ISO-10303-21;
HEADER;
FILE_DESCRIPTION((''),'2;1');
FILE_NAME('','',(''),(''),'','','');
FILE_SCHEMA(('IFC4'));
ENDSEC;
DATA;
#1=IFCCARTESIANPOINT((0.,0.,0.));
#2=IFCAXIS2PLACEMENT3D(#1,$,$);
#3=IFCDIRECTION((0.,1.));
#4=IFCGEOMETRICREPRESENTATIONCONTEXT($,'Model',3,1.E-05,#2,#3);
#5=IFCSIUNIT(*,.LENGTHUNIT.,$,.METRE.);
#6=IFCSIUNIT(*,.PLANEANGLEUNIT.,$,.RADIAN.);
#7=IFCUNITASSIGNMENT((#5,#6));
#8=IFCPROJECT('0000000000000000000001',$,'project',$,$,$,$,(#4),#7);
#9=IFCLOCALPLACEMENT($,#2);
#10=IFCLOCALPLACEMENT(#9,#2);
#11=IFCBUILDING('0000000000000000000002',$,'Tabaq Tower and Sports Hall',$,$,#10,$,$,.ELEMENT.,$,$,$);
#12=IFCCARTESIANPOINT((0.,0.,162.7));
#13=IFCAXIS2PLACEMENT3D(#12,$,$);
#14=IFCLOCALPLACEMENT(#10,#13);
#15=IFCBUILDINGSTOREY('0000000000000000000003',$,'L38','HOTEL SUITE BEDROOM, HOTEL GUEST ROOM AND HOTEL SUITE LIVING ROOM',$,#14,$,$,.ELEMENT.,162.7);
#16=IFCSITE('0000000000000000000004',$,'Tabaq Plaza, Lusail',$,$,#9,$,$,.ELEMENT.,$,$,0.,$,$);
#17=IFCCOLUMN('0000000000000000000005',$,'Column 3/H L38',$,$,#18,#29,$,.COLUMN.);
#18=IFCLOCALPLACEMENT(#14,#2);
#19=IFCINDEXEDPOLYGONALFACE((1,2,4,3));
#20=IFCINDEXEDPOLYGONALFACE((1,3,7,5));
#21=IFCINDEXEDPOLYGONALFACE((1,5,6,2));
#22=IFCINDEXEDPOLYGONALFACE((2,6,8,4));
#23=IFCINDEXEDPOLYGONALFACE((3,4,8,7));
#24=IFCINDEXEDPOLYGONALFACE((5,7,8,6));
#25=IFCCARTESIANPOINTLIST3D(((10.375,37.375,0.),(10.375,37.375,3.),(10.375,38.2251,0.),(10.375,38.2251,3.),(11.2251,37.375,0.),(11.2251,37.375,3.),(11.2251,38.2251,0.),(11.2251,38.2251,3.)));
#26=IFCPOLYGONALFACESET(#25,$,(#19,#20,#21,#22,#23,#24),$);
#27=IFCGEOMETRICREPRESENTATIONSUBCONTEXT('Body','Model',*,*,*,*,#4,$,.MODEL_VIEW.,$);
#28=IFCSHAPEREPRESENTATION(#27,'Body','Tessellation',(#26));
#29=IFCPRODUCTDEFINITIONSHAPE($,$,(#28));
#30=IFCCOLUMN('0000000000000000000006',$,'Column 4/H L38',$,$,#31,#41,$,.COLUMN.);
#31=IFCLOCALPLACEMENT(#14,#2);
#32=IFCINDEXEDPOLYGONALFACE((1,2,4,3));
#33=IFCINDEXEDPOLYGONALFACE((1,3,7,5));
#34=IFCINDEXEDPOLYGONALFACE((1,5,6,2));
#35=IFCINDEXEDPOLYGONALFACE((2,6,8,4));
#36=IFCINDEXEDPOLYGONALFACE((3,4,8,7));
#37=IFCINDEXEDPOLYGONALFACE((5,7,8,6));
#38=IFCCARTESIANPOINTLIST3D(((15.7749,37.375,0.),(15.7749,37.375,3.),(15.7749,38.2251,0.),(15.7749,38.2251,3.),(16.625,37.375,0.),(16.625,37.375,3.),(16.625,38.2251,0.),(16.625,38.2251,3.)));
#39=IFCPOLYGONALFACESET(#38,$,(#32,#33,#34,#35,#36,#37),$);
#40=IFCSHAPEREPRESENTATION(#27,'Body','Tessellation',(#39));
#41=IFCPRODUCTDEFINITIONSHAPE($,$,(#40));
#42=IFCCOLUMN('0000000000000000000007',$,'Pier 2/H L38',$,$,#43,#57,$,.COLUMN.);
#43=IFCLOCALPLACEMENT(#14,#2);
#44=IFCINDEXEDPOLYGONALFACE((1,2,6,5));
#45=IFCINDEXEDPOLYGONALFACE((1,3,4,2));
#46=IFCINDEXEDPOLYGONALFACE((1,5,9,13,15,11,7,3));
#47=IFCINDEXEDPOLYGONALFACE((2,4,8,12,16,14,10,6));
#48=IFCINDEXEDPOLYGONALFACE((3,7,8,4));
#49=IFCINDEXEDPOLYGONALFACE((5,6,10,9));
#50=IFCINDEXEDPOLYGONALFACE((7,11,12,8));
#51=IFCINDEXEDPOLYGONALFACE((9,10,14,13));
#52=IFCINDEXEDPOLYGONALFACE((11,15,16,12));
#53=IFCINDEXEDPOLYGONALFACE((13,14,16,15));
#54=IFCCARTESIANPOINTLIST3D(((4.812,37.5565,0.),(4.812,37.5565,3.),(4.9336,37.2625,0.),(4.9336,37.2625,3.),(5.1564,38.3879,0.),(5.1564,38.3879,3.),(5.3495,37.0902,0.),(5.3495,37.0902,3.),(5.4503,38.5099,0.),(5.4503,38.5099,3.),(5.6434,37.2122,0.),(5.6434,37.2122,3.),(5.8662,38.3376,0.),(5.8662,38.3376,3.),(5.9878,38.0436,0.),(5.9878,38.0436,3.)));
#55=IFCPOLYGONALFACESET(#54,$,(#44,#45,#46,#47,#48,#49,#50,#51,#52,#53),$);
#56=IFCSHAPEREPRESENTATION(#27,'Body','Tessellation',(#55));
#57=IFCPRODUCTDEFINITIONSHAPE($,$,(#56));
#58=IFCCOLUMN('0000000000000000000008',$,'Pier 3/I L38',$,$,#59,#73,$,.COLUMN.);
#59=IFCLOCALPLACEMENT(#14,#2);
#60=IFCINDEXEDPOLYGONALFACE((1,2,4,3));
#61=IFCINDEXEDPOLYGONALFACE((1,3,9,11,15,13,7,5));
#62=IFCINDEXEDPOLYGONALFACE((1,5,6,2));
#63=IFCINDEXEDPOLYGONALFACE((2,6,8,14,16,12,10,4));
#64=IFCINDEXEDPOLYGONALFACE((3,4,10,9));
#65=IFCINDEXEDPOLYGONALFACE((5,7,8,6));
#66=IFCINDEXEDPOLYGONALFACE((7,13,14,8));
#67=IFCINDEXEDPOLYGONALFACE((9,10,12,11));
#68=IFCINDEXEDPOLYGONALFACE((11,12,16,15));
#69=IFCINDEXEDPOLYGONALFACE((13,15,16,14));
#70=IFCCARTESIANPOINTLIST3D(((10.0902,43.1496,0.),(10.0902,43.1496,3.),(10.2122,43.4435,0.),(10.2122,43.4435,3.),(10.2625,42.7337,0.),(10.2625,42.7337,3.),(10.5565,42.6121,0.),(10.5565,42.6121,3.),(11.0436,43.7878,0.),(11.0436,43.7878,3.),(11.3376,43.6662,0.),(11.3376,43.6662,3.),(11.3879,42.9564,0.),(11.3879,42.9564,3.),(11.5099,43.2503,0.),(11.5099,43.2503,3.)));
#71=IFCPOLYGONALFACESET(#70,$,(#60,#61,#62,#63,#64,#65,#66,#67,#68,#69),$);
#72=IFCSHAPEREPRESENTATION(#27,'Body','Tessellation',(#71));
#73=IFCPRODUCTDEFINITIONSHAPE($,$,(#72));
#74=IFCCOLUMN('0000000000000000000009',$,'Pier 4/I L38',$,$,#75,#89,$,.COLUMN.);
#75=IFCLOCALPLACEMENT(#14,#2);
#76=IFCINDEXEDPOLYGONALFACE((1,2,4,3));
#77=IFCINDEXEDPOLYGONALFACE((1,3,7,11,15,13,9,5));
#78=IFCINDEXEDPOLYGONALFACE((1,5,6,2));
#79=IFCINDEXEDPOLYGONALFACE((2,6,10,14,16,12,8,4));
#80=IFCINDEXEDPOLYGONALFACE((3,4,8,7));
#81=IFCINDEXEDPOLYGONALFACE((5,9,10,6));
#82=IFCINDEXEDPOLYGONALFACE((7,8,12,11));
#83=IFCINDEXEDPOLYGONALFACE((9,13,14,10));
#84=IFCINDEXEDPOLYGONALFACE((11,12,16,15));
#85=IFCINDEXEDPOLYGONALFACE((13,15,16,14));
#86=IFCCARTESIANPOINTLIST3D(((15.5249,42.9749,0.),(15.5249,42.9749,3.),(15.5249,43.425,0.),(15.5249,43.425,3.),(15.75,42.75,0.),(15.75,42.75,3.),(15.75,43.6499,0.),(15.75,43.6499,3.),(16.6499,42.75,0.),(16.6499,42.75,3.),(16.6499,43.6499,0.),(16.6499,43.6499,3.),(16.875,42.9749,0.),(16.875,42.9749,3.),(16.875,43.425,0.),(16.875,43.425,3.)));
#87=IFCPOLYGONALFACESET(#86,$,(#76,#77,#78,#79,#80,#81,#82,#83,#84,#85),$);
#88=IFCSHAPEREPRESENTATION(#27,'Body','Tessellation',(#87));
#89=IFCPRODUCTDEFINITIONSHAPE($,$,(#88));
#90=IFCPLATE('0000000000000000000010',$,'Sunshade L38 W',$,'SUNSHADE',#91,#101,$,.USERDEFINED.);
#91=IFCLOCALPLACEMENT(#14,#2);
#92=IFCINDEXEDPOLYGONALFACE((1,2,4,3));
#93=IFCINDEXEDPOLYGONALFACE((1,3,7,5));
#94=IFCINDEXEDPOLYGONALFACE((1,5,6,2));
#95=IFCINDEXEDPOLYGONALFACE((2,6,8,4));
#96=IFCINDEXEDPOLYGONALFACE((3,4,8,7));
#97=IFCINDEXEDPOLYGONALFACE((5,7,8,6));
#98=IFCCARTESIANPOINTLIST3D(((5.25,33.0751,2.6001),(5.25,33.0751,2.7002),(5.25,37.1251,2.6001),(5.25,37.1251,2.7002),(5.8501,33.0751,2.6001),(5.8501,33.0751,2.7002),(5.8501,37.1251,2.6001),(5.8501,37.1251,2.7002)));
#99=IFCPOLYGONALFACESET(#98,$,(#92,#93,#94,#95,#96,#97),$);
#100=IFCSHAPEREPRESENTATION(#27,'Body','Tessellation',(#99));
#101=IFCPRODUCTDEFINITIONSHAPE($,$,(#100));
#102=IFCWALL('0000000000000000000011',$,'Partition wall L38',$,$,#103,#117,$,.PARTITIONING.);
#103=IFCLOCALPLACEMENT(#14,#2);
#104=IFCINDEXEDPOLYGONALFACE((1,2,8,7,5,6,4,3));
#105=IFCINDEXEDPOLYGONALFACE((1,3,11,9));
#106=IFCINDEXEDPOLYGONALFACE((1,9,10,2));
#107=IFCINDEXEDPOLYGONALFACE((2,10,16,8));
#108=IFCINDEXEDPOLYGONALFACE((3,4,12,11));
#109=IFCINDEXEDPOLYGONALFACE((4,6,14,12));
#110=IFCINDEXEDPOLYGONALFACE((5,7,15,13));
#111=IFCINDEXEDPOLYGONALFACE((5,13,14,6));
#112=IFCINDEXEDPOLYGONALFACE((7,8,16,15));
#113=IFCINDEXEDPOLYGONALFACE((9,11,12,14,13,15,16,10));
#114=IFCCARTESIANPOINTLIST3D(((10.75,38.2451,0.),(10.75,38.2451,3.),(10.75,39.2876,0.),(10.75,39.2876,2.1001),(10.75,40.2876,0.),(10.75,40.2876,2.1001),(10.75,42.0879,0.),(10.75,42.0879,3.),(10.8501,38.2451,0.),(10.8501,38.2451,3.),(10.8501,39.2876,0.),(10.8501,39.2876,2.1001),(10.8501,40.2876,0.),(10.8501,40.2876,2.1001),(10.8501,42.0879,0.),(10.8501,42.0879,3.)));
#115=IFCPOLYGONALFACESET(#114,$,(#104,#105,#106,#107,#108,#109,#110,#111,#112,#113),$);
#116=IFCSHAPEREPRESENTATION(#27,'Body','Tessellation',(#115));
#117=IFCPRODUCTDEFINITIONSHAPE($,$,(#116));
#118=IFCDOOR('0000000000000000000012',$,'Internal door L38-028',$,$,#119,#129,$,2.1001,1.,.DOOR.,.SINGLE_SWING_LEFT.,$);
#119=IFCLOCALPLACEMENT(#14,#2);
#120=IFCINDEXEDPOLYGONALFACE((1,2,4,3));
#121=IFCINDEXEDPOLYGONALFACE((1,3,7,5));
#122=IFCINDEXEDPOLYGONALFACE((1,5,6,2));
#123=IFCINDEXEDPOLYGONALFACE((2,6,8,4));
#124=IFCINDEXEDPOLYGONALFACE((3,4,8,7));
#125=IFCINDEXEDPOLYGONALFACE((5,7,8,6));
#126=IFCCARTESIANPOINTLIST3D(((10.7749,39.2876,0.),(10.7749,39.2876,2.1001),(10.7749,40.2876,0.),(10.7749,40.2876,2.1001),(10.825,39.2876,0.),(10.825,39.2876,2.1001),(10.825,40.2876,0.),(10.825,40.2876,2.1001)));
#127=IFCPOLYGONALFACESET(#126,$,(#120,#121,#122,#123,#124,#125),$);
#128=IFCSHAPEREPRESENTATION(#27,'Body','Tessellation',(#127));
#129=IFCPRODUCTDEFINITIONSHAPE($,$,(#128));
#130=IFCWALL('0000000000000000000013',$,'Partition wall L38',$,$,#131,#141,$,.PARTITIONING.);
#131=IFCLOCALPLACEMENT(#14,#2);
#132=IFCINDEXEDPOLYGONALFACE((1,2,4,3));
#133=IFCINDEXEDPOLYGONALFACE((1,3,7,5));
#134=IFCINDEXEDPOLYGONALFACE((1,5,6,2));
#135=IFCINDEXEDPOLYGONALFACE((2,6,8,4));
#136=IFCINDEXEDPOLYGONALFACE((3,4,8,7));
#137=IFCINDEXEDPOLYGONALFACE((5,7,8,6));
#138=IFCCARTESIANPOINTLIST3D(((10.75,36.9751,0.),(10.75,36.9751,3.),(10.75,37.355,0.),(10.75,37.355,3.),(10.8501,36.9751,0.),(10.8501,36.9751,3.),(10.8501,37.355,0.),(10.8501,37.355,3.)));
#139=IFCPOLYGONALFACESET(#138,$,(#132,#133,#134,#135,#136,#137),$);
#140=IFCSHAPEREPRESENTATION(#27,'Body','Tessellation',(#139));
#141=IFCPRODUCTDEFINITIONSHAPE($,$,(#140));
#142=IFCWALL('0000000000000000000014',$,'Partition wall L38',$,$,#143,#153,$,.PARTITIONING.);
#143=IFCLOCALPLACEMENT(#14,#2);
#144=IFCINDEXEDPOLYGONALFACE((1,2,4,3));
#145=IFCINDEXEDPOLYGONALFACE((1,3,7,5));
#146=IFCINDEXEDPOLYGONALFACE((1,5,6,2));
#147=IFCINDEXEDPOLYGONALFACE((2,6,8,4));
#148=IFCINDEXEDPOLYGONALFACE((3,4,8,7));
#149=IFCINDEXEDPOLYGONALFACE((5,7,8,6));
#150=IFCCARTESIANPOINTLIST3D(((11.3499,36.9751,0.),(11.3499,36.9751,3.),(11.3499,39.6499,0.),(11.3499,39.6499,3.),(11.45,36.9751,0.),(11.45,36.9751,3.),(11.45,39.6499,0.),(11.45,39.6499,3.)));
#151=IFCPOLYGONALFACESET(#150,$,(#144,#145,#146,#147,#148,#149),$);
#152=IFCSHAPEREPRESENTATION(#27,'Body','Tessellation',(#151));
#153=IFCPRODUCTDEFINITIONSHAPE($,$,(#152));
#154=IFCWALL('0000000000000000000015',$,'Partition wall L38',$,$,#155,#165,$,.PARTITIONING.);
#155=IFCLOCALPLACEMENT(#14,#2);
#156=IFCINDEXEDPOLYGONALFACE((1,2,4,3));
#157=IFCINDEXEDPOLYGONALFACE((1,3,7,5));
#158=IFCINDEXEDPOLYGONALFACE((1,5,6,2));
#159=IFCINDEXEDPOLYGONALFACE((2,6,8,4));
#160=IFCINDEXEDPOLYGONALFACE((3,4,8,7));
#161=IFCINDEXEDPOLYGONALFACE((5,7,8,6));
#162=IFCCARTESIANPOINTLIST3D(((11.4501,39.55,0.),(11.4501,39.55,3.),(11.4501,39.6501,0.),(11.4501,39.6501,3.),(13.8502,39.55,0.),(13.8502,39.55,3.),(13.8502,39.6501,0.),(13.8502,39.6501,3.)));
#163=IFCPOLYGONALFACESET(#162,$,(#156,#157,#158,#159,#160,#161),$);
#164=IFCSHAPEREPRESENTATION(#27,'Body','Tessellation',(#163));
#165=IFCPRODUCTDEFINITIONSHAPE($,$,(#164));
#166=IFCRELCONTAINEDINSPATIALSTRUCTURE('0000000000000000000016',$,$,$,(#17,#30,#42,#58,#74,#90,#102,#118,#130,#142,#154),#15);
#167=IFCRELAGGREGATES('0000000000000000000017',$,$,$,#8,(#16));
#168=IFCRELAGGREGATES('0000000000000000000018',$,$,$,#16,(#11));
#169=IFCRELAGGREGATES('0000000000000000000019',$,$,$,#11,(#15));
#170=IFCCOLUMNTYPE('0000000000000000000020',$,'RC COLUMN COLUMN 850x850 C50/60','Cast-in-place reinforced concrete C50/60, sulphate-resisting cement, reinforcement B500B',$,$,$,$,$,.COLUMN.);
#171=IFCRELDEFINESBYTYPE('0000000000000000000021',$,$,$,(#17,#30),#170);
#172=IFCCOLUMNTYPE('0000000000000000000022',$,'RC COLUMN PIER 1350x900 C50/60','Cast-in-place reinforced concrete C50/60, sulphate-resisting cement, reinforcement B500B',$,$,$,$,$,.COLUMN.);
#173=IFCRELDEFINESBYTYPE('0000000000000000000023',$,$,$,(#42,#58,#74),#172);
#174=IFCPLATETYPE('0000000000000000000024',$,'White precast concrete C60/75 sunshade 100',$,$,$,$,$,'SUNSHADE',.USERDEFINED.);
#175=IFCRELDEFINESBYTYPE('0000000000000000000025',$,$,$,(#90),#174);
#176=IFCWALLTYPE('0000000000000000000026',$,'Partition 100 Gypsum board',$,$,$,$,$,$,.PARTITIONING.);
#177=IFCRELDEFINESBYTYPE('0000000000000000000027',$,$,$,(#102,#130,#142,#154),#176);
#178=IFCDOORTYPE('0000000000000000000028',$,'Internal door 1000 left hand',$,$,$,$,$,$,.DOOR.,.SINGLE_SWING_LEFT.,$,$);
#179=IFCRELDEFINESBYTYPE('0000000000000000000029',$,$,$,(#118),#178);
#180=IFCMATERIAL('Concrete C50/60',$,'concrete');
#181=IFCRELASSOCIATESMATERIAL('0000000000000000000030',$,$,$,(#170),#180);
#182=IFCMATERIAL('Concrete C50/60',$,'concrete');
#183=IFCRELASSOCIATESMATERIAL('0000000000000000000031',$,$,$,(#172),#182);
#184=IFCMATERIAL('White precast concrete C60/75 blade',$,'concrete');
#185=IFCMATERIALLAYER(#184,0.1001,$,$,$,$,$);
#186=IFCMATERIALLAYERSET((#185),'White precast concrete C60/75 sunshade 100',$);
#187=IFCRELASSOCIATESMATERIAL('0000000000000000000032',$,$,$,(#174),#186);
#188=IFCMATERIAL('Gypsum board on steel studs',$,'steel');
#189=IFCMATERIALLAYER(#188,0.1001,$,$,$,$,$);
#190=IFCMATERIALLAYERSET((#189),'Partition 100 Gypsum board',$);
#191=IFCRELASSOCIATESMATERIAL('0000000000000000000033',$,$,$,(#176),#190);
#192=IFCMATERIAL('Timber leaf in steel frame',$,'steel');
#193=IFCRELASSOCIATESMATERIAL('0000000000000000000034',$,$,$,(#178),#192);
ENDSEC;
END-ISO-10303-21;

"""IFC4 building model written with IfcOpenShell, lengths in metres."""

from ifc_helpers import new_model, si_unit, direction, frame, frame_2d, origin, origin_2d, place, context, subcontext, project, spatial, polyline, rectangle, outline, extrude, material, layer, layer_set, material_profile, profile_set, type_object, element, fill, save


model = new_model("IFC4")

# Units and contexts
model_context = context("Model", 3, precision=1e-05, world=origin(), true_north=direction((0.0, 1.0)))
body_context = subcontext(model_context, "Body", "Model", "MODEL_VIEW")
ifc_project = project(units=[si_unit("LENGTHUNIT", "METRE"), si_unit("PLANEANGLEUNIT", "RADIAN")], contexts=[model_context])

# Site, building, storey
site_placement = place(None, origin())
site = spatial("IfcSite", under=ifc_project, at=site_placement, Name="Tabaq Plaza, Lusail", CompositionType="ELEMENT", RefElevation=0.0)
building_placement = place(site_placement, origin())
building = spatial("IfcBuilding", under=site, at=building_placement, Name="Tabaq Tower and Sports Hall", CompositionType="ELEMENT")
storey_placement = place(building_placement, frame((0.0, 0.0, 162.7)))
storey = spatial("IfcBuildingStorey", under=building, at=storey_placement, Name="L38", Description="HOTEL SUITE BEDROOM, HOTEL GUEST ROOM AND HOTEL SUITE LIVING ROOM", CompositionType="ELEMENT", Elevation=162.7)

# Columns
ifc_material_1 = material(Name="Concrete C50/60", Category="concrete")
ifc_material_profile_1 = material_profile(ifc_material_1, rectangle(XDim=0.8501, YDim=0.8501, at=origin_2d()), Name="COLUMN 850x850")
ifc_profile_set_1 = profile_set([ifc_material_profile_1], Name="Concrete C50/60")
column_type_1 = type_object("IfcColumnType", Name="RC COLUMN COLUMN 850x850 C50/60", Description="Cast-in-place reinforced concrete C50/60, sulphate-resisting cement, reinforcement B500B", PredefinedType="COLUMN", material=ifc_profile_set_1)
for number, where, z_axis, x_axis, name in (
    (1, (10.8, 37.8, 0.0), (0.0, 0.0, 1.0), (1.0, 0.0, 0.0), "Column 3/H L38"),
    (2, (16.2, 37.8, 0.0), (0.0, 0.0, 1.0), (1.0, 0.0, 0.0), "Column 4/H L38"),
):
    element("IfcColumn", number, at=place(storey_placement, frame(where, z_axis=z_axis, x_axis=x_axis)), inside=storey, type_object=column_type_1, Name=name, PredefinedType="COLUMN", context=body_context, shape_type="SweptSolid", body=[
        extrude(rectangle(XDim=0.8501, YDim=0.8501, at=origin_2d()), origin(), (0.0, 0.0, 1.0), 3.0),
    ])
ifc_material_2 = material(Name="Concrete C50/60", Category="concrete")
ifc_material_profile_2 = material_profile(ifc_material_2, outline(polyline([(-0.45, -0.45), (0.45, -0.45), (0.675, -0.2251), (0.675, 0.2251), (0.45, 0.45), (-0.45, 0.45), (-0.675, 0.2251), (-0.675, -0.2251), (-0.45, -0.45)])), Name="PIER 1350x900")
ifc_profile_set_2 = profile_set([ifc_material_profile_2], Name="Concrete C50/60")
column_type_2 = type_object("IfcColumnType", Name="RC COLUMN PIER 1350x900 C50/60", Description="Cast-in-place reinforced concrete C50/60, sulphate-resisting cement, reinforcement B500B", PredefinedType="COLUMN", material=ifc_profile_set_2)
for number, where, z_axis, x_axis, name in (
    (3, (5.3999, 37.8, 0.0), (0.0, 0.0, 1.0), (0.382683, 0.92388, 0.0), "Pier 2/H L38"),
    (4, (10.8, 43.2, 0.0), (0.0, 0.0, 1.0), (0.92388, 0.382683, 0.0), "Pier 3/I L38"),
    (5, (16.2, 43.2, 0.0), (0.0, 0.0, 1.0), (1.0, 0.0, 0.0), "Pier 4/I L38"),
):
    element("IfcColumn", number, at=place(storey_placement, frame(where, z_axis=z_axis, x_axis=x_axis)), inside=storey, type_object=column_type_2, Name=name, PredefinedType="COLUMN", context=body_context, shape_type="SweptSolid", body=[
        extrude(outline(polyline([(-0.45, -0.45), (0.45, -0.45), (0.675, -0.2251), (0.675, 0.2251), (0.45, 0.45), (-0.45, 0.45), (-0.675, 0.2251), (-0.675, -0.2251), (-0.45, -0.45)])), origin(), (0.0, 0.0, 1.0), 3.0),
    ])

# Plate
ifc_material_3 = material(Name="White precast concrete C60/75 blade", Category="concrete")
ifc_layer_1 = layer(ifc_material_3, 0.1001)
ifc_layer_set_1 = layer_set([ifc_layer_1], Name="White precast concrete C60/75 sunshade 100")
plate_type = type_object("IfcPlateType", Name="White precast concrete C60/75 sunshade 100", ElementType="SUNSHADE", PredefinedType="USERDEFINED", material=ifc_layer_set_1)
plate_placement = place(storey_placement, frame((5.55, 35.1001, 2.6001), z_axis=(0.0, 0.0, 1.0), x_axis=(0.0, -1.0, 0.0)))
element("IfcPlate", 6, at=plate_placement, inside=storey, type_object=plate_type, Name="Sunshade L38 W", ObjectType="SUNSHADE", PredefinedType="USERDEFINED", context=body_context, shape_type="SweptSolid", body=[
    extrude(rectangle(XDim=4.05, YDim=0.6001, at=origin_2d()), origin(), (0.0, 0.0, 1.0), 0.1001),
])

# Wall, opening, door
ifc_material_4 = material(Name="Gypsum board on steel studs", Category="steel")
ifc_layer_2 = layer(ifc_material_4, 0.1001)
ifc_layer_set_2 = layer_set([ifc_layer_2], Name="Partition 100 Gypsum board")
wall_type_1 = type_object("IfcWallType", Name="Partition 100 Gypsum board", PredefinedType="PARTITIONING", material=ifc_layer_set_2)
wall_1_placement = place(storey_placement, frame((10.8, 42.0879, 0.0), z_axis=(0.0, 0.0, 1.0), x_axis=(0.0, -1.0, 0.0)))
wall_1 = element("IfcWall", 7, at=wall_1_placement, inside=storey, type_object=wall_type_1, Name="Partition wall L38", PredefinedType="PARTITIONING", context=body_context, shape_type="SweptSolid", body=[
    extrude(rectangle(XDim=3.8428, YDim=0.1001, at=frame_2d((1.9214, 0.0))), origin(), (0.0, 0.0, 1.0), 3.0),
])
opening_1_placement = place(wall_1_placement, frame((1.8003, 0.0, 0.0)))
opening_1 = element("IfcOpeningElement", 8, at=opening_1_placement, cuts=wall_1, PredefinedType="OPENING", context=body_context, shape_type="SweptSolid", body=[
    extrude(rectangle(XDim=1.0, YDim=2.1001, at=frame_2d((0.5, 1.05))), frame((0.0, 0.05, 0.0), z_axis=(0.0, -1.0, 0.0), x_axis=(1.0, 0.0, 0.0)), (0.0, 0.0, 1.0), 0.1001),
])
ifc_material_5 = material(Name="Timber leaf in steel frame", Category="steel")
door_type_1 = type_object("IfcDoorType", Name="Internal door 1000 left hand", OperationType="SINGLE_SWING_LEFT", PredefinedType="DOOR", material=ifc_material_5)
door_1_placement = place(opening_1_placement, origin())
door_1 = element("IfcDoor", 9, at=door_1_placement, inside=storey, type_object=door_type_1, Name="Internal door L38-028", OperationType="SINGLE_SWING_LEFT", OverallHeight=2.1001, OverallWidth=1.0, PredefinedType="DOOR", context=body_context, shape_type="SweptSolid", body=[
    extrude(rectangle(XDim=1.0, YDim=2.1001, at=frame_2d((0.5, 1.05))), frame((0.0, 0.0249, 0.0), z_axis=(0.0, -1.0, 0.0), x_axis=(1.0, 0.0, 0.0)), (0.0, 0.0, 1.0), 0.05),
])
fill(opening_1, door_1)

# Walls
wall_2_placement = place(storey_placement, frame((10.8, 37.355, 0.0), z_axis=(0.0, 0.0, 1.0), x_axis=(0.0, -1.0, 0.0)))
element("IfcWall", 10, at=wall_2_placement, inside=storey, type_object=wall_type_1, Name="Partition wall L38", PredefinedType="PARTITIONING", context=body_context, shape_type="SweptSolid", body=[
    extrude(rectangle(XDim=0.3799, YDim=0.1001, at=frame_2d((0.1899, 0.0))), origin(), (0.0, 0.0, 1.0), 3.0),
])
wall_3_placement = place(storey_placement, frame((11.3999, 36.9751, 0.0), z_axis=(0.0, 0.0, 1.0), x_axis=(0.0, 1.0, 0.0)))
element("IfcWall", 11, at=wall_3_placement, inside=storey, type_object=wall_type_1, Name="Partition wall L38", PredefinedType="PARTITIONING", context=body_context, shape_type="SweptSolid", body=[
    extrude(rectangle(XDim=2.6748, YDim=0.1001, at=frame_2d((1.3374, 0.0))), origin(), (0.0, 0.0, 1.0), 3.0),
])
wall_4_placement = place(storey_placement, frame((11.45, 39.6001, 0.0), z_axis=(0.0, 0.0, 1.0), x_axis=(1.0, 0.0, 0.0)))
element("IfcWall", 12, at=wall_4_placement, inside=storey, type_object=wall_type_1, Name="Partition wall L38", PredefinedType="PARTITIONING", context=body_context, shape_type="SweptSolid", body=[
    extrude(rectangle(XDim=2.4001, YDim=0.1001, at=frame_2d((1.2002, 0.0))), origin(), (0.0, 0.0, 1.0), 3.0),
])

save(model, "model.ifc")
